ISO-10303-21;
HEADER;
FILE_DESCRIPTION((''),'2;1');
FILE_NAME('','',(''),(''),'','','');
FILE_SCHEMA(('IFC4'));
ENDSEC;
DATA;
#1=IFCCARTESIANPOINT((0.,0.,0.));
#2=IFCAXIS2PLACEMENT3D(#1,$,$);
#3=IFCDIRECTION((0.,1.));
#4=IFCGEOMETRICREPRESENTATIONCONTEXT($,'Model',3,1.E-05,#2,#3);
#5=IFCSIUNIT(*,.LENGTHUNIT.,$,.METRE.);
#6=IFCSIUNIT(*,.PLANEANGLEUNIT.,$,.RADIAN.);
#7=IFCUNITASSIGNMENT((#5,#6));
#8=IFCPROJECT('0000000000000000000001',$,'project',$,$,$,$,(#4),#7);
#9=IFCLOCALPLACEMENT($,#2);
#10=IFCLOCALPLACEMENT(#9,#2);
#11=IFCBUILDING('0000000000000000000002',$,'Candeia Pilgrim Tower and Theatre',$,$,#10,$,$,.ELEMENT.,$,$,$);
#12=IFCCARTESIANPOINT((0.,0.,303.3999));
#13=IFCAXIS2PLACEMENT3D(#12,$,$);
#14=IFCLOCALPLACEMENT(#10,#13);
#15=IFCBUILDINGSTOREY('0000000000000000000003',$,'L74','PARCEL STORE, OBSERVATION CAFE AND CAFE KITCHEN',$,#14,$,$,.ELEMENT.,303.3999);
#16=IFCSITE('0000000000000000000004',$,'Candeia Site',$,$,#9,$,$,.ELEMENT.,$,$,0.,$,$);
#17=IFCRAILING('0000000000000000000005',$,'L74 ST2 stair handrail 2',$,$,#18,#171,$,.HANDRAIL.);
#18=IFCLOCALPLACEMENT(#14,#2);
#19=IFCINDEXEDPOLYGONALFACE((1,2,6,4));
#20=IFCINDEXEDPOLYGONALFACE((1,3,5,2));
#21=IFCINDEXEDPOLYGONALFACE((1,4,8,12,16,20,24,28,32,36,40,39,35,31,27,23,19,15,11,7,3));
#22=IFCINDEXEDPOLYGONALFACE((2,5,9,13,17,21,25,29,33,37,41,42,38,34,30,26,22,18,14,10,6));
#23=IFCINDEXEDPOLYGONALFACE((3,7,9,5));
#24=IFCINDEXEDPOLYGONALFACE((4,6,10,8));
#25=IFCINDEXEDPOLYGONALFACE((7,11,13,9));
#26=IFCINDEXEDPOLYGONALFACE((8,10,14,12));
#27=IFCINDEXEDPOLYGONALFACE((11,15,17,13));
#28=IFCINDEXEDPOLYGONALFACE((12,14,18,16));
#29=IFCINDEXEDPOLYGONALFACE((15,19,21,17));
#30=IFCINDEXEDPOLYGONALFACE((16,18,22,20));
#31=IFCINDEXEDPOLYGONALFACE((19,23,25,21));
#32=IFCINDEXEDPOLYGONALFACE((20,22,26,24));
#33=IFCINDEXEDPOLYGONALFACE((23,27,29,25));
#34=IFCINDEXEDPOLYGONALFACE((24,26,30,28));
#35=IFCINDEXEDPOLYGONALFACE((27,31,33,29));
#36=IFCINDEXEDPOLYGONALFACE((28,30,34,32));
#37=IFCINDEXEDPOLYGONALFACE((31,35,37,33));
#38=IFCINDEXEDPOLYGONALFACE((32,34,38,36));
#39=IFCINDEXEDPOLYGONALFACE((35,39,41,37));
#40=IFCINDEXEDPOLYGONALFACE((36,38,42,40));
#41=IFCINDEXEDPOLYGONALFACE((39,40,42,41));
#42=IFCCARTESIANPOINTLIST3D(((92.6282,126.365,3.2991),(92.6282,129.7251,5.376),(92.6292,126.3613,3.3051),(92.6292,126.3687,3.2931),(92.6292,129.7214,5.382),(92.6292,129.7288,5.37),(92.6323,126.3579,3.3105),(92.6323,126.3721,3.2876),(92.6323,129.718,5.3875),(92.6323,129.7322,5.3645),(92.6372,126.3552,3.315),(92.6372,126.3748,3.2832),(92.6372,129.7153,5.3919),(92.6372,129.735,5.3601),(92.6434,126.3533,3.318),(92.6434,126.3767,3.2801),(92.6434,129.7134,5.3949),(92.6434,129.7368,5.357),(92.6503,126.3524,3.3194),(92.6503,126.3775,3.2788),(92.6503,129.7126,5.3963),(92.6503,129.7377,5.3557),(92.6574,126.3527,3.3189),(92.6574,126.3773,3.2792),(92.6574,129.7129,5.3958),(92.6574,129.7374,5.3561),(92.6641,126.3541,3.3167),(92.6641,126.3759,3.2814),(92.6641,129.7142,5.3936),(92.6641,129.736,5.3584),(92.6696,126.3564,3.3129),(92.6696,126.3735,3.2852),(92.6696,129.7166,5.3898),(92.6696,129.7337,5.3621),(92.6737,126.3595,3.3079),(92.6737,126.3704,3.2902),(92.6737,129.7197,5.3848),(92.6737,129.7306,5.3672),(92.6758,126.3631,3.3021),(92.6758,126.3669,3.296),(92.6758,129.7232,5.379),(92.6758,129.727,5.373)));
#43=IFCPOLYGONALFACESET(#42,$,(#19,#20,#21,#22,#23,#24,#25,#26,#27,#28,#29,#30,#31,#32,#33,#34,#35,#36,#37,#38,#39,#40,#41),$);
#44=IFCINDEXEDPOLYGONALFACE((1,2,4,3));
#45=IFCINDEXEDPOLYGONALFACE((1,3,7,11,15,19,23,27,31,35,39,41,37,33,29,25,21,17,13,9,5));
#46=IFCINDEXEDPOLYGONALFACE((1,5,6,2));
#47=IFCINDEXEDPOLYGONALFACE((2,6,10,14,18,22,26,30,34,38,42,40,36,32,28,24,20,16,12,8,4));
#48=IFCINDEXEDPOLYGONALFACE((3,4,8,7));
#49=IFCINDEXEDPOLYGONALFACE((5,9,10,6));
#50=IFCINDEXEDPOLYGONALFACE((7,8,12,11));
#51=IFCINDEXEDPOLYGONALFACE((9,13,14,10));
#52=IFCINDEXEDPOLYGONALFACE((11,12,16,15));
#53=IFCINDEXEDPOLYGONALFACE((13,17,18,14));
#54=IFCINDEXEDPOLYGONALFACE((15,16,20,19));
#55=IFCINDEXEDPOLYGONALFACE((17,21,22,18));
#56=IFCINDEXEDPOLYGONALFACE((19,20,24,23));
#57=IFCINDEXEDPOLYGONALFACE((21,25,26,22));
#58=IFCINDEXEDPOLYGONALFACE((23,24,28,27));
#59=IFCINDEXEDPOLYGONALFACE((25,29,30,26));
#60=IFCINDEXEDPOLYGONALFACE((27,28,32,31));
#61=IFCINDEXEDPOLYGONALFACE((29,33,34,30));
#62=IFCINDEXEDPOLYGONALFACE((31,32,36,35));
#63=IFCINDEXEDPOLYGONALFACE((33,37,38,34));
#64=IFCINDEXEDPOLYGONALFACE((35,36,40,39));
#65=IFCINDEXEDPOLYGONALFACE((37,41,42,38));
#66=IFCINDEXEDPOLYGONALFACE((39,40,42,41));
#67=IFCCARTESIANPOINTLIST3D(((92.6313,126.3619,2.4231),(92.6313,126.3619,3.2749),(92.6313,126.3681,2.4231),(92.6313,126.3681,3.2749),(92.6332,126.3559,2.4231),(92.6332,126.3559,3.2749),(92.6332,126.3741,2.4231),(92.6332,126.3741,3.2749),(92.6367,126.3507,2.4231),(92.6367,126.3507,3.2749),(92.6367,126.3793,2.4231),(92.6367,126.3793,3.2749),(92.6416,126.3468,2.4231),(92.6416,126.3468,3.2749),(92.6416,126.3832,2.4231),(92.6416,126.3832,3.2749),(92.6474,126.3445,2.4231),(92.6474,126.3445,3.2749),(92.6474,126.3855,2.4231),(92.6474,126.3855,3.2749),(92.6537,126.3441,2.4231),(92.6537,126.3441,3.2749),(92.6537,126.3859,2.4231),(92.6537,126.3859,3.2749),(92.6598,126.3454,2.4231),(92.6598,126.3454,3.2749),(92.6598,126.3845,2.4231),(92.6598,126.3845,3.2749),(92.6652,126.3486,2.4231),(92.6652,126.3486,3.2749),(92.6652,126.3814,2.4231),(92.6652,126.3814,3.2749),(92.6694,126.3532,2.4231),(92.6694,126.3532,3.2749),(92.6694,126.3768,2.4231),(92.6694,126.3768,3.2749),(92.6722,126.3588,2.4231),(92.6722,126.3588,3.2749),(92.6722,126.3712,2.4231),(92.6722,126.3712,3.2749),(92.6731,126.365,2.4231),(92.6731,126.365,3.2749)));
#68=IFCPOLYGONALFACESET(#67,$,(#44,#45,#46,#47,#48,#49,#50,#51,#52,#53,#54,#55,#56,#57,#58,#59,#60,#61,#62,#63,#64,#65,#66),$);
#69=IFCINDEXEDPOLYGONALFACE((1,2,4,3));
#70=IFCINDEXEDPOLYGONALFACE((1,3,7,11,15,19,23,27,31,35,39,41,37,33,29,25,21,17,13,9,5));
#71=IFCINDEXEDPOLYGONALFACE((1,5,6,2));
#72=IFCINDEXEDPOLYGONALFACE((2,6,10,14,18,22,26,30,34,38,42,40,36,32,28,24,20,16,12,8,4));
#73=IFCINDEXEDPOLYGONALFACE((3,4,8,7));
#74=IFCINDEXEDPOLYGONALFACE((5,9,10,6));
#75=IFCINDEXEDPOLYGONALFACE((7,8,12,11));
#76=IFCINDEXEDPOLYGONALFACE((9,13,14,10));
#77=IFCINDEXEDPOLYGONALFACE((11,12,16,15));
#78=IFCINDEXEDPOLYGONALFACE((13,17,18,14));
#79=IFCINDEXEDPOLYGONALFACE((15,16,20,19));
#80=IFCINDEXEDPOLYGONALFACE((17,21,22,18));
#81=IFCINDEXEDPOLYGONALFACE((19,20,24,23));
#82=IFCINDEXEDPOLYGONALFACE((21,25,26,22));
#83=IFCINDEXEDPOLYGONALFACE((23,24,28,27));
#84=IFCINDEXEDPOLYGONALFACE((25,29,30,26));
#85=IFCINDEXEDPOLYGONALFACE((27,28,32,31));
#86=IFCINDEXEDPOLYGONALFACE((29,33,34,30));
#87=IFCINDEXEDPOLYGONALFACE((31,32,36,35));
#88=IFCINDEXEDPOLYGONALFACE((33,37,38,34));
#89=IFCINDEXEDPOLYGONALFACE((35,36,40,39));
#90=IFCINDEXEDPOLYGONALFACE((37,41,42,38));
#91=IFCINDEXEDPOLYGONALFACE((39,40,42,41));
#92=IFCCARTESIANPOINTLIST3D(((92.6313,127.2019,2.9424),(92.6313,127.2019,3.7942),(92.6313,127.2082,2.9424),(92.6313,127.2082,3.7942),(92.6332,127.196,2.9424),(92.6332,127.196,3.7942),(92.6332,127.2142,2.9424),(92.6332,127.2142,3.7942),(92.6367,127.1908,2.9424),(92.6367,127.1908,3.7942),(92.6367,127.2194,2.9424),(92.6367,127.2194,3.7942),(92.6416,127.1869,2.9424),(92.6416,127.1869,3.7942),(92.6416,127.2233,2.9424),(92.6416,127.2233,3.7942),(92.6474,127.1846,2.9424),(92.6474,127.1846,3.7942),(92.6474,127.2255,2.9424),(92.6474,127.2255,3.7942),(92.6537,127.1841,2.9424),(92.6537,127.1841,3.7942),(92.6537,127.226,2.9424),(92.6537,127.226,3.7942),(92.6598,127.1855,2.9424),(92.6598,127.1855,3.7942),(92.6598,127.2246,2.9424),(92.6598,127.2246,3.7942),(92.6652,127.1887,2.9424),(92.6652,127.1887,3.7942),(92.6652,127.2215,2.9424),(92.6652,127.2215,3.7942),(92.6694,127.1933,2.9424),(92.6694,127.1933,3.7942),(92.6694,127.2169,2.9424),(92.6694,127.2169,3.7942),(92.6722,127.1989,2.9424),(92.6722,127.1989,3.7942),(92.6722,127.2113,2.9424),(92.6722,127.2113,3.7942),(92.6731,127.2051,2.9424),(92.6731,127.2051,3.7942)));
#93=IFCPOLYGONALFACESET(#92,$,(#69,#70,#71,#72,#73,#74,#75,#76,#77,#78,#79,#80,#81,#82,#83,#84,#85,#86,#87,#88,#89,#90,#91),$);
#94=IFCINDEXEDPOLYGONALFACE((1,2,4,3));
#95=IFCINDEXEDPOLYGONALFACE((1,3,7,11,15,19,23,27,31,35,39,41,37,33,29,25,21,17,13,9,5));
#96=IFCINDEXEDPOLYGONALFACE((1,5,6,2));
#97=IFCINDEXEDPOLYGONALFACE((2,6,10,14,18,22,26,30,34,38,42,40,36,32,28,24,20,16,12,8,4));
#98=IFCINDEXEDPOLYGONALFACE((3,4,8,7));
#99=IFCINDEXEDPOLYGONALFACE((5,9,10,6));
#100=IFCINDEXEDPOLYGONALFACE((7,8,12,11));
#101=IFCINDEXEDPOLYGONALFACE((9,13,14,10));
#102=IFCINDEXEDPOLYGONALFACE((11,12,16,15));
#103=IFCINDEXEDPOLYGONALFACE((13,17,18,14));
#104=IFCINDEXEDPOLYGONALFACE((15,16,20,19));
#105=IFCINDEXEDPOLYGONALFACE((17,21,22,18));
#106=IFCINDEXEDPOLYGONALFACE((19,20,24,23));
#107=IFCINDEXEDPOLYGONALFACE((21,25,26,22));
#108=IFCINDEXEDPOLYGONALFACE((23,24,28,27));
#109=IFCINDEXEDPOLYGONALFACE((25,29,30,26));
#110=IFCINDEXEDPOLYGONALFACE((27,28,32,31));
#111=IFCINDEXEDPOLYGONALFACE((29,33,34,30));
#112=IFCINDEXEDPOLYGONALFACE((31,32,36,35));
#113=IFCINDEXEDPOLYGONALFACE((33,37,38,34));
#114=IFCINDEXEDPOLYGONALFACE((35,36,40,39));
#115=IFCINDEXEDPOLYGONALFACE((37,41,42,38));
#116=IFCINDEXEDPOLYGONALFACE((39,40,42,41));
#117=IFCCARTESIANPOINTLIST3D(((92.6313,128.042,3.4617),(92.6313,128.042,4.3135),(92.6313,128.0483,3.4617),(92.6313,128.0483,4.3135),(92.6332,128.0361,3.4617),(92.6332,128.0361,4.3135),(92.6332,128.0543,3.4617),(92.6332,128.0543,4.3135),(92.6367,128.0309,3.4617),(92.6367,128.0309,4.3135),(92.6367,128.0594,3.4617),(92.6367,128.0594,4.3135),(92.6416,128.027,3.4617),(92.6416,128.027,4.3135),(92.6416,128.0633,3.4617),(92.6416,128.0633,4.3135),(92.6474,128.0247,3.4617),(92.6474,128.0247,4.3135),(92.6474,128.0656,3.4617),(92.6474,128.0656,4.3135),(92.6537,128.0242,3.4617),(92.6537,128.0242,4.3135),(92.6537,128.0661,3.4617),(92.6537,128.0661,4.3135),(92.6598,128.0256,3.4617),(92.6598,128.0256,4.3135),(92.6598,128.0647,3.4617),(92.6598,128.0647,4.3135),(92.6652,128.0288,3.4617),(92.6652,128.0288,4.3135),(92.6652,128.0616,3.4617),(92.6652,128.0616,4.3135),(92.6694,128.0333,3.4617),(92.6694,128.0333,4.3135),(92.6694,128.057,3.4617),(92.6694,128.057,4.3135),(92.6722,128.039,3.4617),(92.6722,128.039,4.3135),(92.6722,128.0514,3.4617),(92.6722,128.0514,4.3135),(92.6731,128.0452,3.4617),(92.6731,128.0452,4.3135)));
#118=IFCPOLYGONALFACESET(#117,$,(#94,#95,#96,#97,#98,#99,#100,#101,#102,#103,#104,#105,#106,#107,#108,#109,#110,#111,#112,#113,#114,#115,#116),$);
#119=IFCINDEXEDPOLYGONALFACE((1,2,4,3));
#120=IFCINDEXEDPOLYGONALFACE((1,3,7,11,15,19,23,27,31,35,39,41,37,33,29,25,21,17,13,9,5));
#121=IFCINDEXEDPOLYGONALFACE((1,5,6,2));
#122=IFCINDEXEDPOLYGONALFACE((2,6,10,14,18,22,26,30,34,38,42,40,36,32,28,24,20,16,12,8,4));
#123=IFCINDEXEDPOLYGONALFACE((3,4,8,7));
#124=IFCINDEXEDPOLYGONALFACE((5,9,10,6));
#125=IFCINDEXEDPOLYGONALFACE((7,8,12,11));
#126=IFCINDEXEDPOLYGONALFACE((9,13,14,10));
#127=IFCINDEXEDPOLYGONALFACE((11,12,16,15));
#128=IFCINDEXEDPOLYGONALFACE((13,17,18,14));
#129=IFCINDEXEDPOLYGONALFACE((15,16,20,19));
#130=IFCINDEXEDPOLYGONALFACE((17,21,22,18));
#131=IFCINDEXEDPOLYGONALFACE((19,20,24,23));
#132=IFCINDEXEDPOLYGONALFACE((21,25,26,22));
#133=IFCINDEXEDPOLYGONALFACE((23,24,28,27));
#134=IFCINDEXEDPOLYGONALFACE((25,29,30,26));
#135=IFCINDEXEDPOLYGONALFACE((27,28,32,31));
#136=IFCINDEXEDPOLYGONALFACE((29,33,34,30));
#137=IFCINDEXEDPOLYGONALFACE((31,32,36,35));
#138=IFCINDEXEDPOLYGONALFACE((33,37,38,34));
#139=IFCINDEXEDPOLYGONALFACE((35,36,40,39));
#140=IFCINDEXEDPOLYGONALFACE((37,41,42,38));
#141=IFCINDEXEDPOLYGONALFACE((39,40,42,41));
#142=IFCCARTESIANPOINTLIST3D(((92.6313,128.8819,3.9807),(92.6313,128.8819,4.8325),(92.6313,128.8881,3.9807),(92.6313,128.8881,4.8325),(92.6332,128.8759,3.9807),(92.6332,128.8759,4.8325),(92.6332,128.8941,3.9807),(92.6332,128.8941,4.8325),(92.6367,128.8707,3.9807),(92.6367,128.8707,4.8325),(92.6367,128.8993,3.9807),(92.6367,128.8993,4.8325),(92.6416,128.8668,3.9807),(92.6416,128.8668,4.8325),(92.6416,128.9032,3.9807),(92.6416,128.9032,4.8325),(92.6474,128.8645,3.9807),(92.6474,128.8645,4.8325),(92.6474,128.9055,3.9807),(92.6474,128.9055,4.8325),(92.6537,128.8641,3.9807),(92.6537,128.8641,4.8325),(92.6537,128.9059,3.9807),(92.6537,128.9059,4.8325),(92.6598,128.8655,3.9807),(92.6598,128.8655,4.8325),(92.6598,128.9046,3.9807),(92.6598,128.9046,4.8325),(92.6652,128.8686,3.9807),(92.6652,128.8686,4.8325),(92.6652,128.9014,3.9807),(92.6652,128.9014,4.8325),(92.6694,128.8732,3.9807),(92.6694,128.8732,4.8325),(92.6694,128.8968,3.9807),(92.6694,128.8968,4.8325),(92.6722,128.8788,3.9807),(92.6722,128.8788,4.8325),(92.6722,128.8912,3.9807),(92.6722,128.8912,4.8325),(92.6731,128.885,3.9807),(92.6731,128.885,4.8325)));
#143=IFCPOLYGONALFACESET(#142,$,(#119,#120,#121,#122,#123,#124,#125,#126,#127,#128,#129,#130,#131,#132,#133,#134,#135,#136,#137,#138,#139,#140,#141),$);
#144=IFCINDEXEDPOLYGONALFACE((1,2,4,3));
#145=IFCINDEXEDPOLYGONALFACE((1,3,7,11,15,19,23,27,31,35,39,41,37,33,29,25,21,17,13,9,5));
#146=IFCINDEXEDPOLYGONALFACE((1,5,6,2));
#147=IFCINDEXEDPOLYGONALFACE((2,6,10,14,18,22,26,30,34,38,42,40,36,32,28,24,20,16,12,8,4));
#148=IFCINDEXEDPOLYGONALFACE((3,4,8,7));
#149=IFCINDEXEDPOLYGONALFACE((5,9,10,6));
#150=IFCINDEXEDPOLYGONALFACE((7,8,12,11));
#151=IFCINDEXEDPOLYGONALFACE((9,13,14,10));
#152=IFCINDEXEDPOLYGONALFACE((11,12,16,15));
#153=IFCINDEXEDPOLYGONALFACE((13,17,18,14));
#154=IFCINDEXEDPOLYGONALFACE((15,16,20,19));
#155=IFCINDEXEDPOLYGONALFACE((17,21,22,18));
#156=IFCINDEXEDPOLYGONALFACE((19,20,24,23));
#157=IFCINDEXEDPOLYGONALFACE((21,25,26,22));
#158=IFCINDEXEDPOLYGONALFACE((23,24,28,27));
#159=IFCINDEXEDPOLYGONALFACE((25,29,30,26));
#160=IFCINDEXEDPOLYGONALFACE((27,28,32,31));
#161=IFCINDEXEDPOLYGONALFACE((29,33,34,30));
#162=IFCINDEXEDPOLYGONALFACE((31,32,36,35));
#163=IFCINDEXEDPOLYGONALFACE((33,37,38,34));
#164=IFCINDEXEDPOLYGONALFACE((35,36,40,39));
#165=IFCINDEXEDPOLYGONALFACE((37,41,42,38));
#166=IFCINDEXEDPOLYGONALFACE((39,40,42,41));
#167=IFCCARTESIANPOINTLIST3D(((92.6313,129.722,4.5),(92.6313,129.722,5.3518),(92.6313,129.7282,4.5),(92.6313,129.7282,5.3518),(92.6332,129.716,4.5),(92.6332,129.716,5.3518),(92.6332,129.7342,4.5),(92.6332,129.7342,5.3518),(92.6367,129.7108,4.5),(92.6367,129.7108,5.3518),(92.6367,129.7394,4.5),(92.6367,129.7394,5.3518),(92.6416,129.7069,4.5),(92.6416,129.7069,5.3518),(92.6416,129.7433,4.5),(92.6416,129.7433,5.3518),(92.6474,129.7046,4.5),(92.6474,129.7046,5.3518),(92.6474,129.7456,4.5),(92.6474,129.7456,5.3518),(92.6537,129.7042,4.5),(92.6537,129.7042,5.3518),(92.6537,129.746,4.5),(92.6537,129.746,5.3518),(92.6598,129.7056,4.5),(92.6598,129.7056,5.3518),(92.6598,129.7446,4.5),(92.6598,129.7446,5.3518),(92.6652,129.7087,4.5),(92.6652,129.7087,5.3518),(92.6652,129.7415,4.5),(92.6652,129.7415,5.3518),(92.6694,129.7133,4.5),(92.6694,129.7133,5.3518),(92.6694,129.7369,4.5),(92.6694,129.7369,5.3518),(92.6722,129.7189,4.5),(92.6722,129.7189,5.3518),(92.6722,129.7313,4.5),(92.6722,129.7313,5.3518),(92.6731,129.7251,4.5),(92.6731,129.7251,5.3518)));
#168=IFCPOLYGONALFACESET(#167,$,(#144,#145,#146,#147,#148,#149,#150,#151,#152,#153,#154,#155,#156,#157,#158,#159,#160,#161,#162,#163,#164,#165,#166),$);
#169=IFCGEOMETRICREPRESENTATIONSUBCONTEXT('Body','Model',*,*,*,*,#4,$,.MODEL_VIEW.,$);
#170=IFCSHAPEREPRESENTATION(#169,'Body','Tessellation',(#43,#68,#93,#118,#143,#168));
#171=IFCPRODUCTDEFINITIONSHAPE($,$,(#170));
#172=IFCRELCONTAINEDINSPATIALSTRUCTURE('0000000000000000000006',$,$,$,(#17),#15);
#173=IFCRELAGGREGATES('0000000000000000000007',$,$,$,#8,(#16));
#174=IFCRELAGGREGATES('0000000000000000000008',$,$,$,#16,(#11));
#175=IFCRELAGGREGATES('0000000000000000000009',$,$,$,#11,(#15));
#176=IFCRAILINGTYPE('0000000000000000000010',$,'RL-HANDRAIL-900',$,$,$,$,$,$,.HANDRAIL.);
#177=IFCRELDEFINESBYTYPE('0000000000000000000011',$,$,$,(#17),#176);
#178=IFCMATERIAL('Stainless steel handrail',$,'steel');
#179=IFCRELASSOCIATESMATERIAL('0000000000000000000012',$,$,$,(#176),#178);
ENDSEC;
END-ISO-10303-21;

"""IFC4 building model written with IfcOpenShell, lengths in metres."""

from ifc_helpers import new_model, si_unit, direction, frame, origin, origin_2d, place, context, subcontext, project, spatial, circle, extrude, material, type_object, element, save


model = new_model("IFC4")

# Units and contexts
model_context = context("Model", 3, precision=1e-05, world=origin(), true_north=direction((0.0, 1.0)))
body_context = subcontext(model_context, "Body", "Model", "MODEL_VIEW")
ifc_project = project(units=[si_unit("LENGTHUNIT", "METRE"), si_unit("PLANEANGLEUNIT", "RADIAN")], contexts=[model_context])

# Site, building, storey
site_placement = place(None, origin())
site = spatial("IfcSite", under=ifc_project, at=site_placement, Name="Candeia Site", CompositionType="ELEMENT", RefElevation=0.0)
building_placement = place(site_placement, origin())
building = spatial("IfcBuilding", under=site, at=building_placement, Name="Candeia Pilgrim Tower and Theatre", CompositionType="ELEMENT")
storey_placement = place(building_placement, frame((0.0, 0.0, 303.3999)))
storey = spatial("IfcBuildingStorey", under=building, at=storey_placement, Name="L74", Description="PARCEL STORE, OBSERVATION CAFE AND CAFE KITCHEN", CompositionType="ELEMENT", Elevation=303.3999)

# Railing
ifc_material_1 = material(Name="Stainless steel handrail", Category="steel")
railing_type = type_object("IfcRailingType", Name="RL-HANDRAIL-900", PredefinedType="HANDRAIL", material=ifc_material_1)
railing_placement = place(storey_placement, frame((92.6521, 126.365, 2.4231)))
element("IfcRailing", 1, at=railing_placement, inside=storey, type_object=railing_type, Name="L74 ST2 stair handrail 2", PredefinedType="HANDRAIL", context=body_context, shape_type="SweptSolid", body=[
    extrude(circle(Radius=0.0239, at=origin_2d()), frame((0.0, 0.0, 0.876), z_axis=(0.0, 0.850623, 0.525776), x_axis=(-1.0, 0.0, 0.0)), (0.0, 0.0, 1.0), 3.9502),
    extrude(circle(Radius=0.021, at=origin_2d()), origin(), (0.0, 0.0, 1.0), 0.8518),
    extrude(circle(Radius=0.021, at=origin_2d()), frame((0.0, 0.8401, 0.5193)), (0.0, 0.0, 1.0), 0.8518),
    extrude(circle(Radius=0.021, at=origin_2d()), frame((0.0, 1.6802, 1.0386)), (0.0, 0.0, 1.0), 0.8518),
    extrude(circle(Radius=0.021, at=origin_2d()), frame((0.0, 2.52, 1.5576)), (0.0, 0.0, 1.0), 0.8518),
    extrude(circle(Radius=0.021, at=origin_2d()), frame((0.0, 3.3601, 2.0769)), (0.0, 0.0, 1.0), 0.8518),
])

save(model, "model.ifc")
